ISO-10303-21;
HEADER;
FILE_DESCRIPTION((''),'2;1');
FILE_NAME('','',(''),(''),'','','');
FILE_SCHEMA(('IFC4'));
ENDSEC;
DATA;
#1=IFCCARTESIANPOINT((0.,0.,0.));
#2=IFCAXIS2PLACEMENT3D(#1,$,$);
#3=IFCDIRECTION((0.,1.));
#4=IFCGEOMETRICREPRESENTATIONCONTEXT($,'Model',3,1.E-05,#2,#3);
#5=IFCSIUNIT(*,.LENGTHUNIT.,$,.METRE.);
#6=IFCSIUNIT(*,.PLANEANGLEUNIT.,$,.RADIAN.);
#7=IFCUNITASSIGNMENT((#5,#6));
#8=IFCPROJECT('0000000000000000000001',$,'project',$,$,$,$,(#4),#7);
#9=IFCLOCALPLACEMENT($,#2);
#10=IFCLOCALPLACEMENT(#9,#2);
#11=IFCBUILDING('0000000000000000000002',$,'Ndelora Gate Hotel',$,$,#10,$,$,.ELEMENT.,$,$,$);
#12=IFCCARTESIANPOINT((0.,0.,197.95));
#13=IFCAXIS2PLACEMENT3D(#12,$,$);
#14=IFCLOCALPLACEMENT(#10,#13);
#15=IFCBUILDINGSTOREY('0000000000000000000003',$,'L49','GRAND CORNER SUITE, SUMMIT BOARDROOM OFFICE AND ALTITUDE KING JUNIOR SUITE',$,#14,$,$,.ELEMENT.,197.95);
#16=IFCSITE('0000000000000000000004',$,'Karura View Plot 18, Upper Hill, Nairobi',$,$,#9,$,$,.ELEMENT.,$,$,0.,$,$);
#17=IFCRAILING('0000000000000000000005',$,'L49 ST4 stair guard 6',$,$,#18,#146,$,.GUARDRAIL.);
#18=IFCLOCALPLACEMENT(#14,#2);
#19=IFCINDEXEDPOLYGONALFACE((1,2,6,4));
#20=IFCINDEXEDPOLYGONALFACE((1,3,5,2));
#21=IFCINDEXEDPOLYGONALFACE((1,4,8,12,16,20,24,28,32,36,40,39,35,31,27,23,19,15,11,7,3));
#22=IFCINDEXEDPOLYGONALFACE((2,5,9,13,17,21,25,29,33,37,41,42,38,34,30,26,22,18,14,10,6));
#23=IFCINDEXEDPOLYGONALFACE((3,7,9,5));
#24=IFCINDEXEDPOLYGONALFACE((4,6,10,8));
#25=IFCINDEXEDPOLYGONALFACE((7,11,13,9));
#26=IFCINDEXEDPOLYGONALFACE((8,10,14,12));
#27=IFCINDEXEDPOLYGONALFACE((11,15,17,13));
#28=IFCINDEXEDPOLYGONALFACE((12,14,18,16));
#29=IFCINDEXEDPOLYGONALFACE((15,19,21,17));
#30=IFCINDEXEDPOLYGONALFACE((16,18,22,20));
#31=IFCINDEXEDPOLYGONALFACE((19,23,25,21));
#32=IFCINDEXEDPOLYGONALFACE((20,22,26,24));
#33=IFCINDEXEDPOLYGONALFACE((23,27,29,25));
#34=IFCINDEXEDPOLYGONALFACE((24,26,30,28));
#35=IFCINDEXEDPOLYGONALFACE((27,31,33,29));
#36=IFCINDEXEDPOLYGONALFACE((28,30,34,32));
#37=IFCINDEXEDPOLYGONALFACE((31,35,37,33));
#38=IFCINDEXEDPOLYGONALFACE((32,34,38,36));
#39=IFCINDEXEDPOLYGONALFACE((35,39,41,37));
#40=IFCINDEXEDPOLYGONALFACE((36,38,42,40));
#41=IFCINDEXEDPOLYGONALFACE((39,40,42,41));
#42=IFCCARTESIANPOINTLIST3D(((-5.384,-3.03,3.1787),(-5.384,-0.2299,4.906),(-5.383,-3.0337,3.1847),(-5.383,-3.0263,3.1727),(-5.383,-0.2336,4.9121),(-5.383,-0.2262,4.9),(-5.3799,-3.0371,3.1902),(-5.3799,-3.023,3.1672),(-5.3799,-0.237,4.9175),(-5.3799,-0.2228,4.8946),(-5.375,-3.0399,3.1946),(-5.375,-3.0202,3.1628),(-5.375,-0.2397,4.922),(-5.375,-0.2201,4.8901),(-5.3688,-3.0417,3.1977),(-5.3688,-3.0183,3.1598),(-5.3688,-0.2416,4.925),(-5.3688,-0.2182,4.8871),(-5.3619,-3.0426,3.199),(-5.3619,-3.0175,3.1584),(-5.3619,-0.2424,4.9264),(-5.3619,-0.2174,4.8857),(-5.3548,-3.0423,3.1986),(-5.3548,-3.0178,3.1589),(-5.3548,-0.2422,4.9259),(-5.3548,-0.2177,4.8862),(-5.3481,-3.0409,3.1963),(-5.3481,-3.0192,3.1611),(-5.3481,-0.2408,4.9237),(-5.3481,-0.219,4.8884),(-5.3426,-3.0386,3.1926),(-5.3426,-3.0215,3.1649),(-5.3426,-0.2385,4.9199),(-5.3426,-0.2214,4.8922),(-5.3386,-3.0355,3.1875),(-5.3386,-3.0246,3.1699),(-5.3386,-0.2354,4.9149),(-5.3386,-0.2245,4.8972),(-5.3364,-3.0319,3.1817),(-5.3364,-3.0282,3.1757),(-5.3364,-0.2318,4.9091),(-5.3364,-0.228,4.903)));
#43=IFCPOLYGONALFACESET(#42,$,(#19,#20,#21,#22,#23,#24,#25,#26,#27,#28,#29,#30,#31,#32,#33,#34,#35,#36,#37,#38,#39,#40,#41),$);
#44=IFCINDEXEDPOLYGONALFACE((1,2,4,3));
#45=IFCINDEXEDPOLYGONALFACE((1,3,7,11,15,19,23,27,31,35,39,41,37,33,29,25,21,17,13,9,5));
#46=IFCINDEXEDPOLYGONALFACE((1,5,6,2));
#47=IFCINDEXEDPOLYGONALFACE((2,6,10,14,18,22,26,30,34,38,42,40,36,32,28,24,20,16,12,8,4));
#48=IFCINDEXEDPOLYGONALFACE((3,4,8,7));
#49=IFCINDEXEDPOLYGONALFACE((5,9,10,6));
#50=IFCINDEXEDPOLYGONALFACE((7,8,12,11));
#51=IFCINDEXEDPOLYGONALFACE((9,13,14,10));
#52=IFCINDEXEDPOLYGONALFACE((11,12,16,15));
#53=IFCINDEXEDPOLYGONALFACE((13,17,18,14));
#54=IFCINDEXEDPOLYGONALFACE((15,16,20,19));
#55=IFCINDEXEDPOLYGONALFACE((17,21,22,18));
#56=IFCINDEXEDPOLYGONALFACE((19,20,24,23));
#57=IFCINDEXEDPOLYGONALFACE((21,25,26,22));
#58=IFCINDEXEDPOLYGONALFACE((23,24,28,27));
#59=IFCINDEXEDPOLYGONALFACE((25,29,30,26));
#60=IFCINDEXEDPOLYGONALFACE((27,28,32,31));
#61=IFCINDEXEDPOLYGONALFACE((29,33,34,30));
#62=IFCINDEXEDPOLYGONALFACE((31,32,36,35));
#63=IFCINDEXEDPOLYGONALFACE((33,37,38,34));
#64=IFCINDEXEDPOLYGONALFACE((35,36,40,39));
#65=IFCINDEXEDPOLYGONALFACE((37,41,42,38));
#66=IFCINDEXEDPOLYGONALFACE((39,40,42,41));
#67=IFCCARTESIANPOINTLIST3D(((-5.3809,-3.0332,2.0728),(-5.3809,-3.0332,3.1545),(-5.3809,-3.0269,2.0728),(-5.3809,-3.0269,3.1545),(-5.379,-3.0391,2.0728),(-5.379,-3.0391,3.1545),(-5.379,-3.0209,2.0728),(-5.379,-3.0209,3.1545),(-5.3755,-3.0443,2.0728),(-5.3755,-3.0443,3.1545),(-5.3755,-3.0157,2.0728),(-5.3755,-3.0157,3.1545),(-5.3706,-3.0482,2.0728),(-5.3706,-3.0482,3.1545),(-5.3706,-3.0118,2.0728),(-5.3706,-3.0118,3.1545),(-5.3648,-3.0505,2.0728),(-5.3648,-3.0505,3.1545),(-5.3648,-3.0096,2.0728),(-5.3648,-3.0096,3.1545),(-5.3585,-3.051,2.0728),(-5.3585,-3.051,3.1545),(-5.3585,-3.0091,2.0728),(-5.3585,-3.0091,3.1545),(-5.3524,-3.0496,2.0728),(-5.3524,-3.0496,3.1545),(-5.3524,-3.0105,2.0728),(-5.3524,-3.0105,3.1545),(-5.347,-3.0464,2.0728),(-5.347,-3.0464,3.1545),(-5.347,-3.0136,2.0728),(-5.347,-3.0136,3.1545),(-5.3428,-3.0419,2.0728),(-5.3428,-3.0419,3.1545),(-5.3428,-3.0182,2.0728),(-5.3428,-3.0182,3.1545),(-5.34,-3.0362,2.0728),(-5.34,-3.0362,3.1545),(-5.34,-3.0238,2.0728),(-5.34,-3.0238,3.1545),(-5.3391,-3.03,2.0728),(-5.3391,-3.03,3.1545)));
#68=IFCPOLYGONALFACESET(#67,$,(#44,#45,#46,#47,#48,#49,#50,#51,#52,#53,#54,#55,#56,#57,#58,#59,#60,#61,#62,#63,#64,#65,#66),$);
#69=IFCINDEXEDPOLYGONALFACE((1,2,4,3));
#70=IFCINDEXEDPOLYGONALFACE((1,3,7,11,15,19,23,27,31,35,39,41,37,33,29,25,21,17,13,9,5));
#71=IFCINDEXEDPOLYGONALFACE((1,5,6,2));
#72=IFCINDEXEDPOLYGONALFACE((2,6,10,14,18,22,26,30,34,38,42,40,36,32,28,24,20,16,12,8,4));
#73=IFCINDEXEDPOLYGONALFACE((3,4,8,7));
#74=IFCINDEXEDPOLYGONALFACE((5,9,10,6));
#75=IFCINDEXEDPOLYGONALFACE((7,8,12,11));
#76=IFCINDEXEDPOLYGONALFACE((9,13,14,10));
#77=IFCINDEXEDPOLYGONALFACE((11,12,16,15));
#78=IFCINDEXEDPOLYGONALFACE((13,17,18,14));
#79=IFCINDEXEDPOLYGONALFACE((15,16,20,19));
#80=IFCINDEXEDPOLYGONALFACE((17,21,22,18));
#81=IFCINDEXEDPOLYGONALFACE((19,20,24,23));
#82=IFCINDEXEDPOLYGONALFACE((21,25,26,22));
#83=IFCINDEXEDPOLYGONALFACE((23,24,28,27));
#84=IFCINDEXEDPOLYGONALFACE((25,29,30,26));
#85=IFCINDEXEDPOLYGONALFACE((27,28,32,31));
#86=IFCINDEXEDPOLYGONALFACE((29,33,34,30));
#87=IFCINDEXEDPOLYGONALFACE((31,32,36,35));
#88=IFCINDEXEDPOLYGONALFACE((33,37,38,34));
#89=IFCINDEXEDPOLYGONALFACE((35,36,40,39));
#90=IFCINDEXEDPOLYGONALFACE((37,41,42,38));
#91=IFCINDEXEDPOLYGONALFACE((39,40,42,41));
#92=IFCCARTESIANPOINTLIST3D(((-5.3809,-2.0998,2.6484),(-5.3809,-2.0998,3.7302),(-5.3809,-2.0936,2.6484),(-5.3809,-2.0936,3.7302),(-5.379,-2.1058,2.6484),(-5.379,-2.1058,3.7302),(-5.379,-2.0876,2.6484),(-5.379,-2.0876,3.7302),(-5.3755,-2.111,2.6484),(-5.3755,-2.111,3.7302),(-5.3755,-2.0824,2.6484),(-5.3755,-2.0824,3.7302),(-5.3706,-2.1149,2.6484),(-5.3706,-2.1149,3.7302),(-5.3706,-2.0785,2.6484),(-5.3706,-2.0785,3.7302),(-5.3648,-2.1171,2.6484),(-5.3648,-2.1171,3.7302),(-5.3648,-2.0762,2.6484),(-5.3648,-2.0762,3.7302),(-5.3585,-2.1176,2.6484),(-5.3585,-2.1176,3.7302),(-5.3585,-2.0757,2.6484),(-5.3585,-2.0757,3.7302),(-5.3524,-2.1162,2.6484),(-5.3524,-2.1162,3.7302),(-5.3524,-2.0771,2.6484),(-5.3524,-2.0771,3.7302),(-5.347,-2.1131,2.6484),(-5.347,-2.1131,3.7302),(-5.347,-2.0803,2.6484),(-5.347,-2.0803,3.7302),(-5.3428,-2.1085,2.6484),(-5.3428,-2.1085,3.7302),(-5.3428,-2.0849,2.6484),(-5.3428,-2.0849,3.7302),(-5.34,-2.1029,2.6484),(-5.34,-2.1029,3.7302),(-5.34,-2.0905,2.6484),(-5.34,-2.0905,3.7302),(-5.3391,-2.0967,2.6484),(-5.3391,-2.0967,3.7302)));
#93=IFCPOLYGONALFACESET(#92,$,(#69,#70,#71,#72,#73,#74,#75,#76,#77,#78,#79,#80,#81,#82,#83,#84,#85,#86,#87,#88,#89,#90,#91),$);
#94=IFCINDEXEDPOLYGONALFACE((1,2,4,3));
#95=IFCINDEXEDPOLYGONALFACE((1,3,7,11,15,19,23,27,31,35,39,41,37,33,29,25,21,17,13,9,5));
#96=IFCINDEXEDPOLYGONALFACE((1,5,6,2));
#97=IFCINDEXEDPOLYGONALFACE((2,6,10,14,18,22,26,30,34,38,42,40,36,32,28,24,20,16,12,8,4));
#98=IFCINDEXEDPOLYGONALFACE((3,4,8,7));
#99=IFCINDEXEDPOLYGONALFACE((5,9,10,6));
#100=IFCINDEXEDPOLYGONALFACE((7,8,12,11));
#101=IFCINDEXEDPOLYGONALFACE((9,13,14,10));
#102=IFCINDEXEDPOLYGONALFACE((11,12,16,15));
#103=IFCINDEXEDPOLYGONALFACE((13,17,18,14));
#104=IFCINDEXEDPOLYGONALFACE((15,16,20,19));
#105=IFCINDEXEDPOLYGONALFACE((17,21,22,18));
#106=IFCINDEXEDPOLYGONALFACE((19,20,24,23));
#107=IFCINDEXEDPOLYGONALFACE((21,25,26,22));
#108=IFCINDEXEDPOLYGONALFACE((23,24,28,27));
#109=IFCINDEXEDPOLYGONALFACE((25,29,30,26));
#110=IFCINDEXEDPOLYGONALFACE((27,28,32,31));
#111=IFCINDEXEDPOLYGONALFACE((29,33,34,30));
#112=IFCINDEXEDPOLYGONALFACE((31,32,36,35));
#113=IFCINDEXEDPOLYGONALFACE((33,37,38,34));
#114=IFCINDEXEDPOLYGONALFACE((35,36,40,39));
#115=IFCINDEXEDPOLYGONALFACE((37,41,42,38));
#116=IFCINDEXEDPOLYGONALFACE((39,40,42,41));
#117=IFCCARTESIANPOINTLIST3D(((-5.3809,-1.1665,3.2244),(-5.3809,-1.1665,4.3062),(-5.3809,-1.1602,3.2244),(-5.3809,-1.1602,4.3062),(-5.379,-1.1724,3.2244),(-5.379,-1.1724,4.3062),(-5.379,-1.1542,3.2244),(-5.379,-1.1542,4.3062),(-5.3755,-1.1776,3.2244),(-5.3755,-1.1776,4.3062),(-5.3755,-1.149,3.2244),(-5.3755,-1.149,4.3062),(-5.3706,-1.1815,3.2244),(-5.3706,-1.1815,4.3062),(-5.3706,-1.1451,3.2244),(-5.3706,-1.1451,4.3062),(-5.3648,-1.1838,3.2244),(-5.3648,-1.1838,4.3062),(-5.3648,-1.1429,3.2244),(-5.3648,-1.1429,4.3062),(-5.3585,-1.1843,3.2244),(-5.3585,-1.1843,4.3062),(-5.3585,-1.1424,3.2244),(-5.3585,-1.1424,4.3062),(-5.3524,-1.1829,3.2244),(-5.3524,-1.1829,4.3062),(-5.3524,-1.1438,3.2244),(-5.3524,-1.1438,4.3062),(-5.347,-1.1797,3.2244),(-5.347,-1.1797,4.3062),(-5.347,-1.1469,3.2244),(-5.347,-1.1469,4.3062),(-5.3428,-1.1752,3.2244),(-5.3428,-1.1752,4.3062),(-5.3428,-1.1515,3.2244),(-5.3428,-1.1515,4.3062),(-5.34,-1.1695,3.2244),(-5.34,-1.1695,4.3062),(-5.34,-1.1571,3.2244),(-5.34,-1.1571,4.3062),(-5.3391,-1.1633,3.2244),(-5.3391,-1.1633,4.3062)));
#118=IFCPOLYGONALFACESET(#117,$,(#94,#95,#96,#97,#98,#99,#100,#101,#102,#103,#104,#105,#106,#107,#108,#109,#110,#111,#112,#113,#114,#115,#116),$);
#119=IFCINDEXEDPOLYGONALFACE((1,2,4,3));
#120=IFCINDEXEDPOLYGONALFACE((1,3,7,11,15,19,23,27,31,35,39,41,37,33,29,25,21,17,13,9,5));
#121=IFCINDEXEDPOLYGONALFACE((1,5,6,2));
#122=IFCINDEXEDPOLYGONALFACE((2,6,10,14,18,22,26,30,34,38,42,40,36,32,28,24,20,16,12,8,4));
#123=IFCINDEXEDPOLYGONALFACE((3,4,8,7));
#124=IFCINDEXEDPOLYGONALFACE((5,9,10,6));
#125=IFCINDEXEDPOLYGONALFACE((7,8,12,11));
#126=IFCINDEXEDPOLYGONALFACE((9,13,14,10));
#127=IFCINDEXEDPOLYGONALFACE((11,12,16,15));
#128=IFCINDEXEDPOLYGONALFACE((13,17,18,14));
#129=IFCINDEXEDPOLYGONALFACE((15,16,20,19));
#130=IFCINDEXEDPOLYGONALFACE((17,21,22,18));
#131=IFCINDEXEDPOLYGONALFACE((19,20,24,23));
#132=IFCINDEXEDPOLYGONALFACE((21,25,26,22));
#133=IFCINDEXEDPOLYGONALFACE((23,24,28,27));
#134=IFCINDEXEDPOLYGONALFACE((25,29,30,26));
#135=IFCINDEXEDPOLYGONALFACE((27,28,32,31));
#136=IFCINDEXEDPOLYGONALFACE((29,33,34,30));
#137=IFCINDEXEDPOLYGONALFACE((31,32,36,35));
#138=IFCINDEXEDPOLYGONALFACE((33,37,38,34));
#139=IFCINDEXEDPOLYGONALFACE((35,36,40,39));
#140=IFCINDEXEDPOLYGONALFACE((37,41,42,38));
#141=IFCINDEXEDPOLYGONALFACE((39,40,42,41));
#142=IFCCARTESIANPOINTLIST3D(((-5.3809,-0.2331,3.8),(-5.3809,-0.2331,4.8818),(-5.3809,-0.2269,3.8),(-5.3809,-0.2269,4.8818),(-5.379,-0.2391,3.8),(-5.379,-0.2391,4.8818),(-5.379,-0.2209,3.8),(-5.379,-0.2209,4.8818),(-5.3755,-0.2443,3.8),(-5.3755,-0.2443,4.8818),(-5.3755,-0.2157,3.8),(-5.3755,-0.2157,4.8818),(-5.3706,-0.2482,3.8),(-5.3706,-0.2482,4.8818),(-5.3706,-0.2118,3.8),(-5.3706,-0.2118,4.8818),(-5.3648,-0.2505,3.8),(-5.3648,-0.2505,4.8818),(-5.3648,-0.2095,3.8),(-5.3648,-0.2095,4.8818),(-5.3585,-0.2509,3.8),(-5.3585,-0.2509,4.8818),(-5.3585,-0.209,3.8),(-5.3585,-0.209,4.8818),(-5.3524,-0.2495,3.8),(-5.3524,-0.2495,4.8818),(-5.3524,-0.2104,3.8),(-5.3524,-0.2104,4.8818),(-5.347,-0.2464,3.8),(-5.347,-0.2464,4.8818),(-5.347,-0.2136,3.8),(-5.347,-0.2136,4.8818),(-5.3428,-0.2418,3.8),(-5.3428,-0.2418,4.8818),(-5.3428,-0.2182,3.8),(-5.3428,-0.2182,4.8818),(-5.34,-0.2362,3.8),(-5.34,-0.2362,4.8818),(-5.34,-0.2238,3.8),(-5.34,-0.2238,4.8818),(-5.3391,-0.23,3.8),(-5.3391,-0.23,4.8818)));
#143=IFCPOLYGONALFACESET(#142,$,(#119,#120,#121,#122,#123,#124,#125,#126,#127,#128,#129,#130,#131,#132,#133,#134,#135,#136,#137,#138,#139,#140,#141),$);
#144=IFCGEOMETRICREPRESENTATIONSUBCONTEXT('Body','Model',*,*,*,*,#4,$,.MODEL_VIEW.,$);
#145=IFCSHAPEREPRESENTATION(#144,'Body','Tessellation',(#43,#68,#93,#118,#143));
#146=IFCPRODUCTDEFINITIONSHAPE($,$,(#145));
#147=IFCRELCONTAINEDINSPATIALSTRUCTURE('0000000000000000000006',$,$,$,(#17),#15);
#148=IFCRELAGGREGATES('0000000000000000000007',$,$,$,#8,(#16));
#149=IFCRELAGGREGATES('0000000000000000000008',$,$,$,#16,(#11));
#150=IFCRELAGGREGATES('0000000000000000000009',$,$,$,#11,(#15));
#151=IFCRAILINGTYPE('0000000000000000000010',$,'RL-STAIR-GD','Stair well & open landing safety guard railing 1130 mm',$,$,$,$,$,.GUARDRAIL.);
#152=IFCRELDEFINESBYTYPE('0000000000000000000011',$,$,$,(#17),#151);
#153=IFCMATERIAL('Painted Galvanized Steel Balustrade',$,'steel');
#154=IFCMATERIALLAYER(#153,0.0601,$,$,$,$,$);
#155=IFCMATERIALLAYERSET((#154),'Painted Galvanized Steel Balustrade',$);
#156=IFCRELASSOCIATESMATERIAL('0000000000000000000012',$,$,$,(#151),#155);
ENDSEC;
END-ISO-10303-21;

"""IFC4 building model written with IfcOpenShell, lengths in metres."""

from ifc_helpers import new_model, si_unit, direction, frame, origin, origin_2d, place, context, subcontext, project, spatial, circle, extrude, material, layer, layer_set, type_object, element, save


model = new_model("IFC4")

# Units and contexts
model_context = context("Model", 3, precision=1e-05, world=origin(), true_north=direction((0.0, 1.0)))
body_context = subcontext(model_context, "Body", "Model", "MODEL_VIEW")
ifc_project = project(units=[si_unit("LENGTHUNIT", "METRE"), si_unit("PLANEANGLEUNIT", "RADIAN")], contexts=[model_context])

# Site, building, storey
site_placement = place(None, origin())
site = spatial("IfcSite", under=ifc_project, at=site_placement, Name="Karura View Plot 18, Upper Hill, Nairobi", CompositionType="ELEMENT", RefElevation=0.0)
building_placement = place(site_placement, origin())
building = spatial("IfcBuilding", under=site, at=building_placement, Name="Ndelora Gate Hotel", CompositionType="ELEMENT")
storey_placement = place(building_placement, frame((0.0, 0.0, 197.95)))
storey = spatial("IfcBuildingStorey", under=building, at=storey_placement, Name="L49", Description="GRAND CORNER SUITE, SUMMIT BOARDROOM OFFICE AND ALTITUDE KING JUNIOR SUITE", CompositionType="ELEMENT", Elevation=197.95)

# Railing
ifc_material_1 = material(Name="Painted Galvanized Steel Balustrade", Category="steel")
ifc_layer_1 = layer(ifc_material_1, 0.0601)
ifc_layer_set_1 = layer_set([ifc_layer_1], Name="Painted Galvanized Steel Balustrade")
railing_type_1 = type_object("IfcRailingType", Name="RL-STAIR-GD", Description="Stair well & open landing safety guard railing 1130 mm", PredefinedType="GUARDRAIL", material=ifc_layer_set_1)
railing_1_placement = place(storey_placement, frame((-5.3601, -3.03, 2.0728)))
element("IfcRailing", 1, at=railing_1_placement, inside=storey, type_object=railing_type_1, Name="L49 ST4 stair guard 6", PredefinedType="GUARDRAIL", context=body_context, shape_type="SweptSolid", body=[
    extrude(circle(Radius=0.0239, at=origin_2d()), frame((0.0, 0.0, 1.106), z_axis=(0.0, 0.85109, 0.52502), x_axis=(-1.0, 0.0, 0.0)), (0.0, 0.0, 1.0), 3.29),
    extrude(circle(Radius=0.021, at=origin_2d()), origin(), (0.0, 0.0, 1.0), 1.0818),
    extrude(circle(Radius=0.021, at=origin_2d()), frame((0.0, 0.9333, 0.5757)), (0.0, 0.0, 1.0), 1.0818),
    extrude(circle(Radius=0.021, at=origin_2d()), frame((0.0, 1.8667, 1.1516)), (0.0, 0.0, 1.0), 1.0818),
    extrude(circle(Radius=0.021, at=origin_2d()), frame((0.0, 2.8, 1.7273)), (0.0, 0.0, 1.0), 1.0818),
])

save(model, "model.ifc")
